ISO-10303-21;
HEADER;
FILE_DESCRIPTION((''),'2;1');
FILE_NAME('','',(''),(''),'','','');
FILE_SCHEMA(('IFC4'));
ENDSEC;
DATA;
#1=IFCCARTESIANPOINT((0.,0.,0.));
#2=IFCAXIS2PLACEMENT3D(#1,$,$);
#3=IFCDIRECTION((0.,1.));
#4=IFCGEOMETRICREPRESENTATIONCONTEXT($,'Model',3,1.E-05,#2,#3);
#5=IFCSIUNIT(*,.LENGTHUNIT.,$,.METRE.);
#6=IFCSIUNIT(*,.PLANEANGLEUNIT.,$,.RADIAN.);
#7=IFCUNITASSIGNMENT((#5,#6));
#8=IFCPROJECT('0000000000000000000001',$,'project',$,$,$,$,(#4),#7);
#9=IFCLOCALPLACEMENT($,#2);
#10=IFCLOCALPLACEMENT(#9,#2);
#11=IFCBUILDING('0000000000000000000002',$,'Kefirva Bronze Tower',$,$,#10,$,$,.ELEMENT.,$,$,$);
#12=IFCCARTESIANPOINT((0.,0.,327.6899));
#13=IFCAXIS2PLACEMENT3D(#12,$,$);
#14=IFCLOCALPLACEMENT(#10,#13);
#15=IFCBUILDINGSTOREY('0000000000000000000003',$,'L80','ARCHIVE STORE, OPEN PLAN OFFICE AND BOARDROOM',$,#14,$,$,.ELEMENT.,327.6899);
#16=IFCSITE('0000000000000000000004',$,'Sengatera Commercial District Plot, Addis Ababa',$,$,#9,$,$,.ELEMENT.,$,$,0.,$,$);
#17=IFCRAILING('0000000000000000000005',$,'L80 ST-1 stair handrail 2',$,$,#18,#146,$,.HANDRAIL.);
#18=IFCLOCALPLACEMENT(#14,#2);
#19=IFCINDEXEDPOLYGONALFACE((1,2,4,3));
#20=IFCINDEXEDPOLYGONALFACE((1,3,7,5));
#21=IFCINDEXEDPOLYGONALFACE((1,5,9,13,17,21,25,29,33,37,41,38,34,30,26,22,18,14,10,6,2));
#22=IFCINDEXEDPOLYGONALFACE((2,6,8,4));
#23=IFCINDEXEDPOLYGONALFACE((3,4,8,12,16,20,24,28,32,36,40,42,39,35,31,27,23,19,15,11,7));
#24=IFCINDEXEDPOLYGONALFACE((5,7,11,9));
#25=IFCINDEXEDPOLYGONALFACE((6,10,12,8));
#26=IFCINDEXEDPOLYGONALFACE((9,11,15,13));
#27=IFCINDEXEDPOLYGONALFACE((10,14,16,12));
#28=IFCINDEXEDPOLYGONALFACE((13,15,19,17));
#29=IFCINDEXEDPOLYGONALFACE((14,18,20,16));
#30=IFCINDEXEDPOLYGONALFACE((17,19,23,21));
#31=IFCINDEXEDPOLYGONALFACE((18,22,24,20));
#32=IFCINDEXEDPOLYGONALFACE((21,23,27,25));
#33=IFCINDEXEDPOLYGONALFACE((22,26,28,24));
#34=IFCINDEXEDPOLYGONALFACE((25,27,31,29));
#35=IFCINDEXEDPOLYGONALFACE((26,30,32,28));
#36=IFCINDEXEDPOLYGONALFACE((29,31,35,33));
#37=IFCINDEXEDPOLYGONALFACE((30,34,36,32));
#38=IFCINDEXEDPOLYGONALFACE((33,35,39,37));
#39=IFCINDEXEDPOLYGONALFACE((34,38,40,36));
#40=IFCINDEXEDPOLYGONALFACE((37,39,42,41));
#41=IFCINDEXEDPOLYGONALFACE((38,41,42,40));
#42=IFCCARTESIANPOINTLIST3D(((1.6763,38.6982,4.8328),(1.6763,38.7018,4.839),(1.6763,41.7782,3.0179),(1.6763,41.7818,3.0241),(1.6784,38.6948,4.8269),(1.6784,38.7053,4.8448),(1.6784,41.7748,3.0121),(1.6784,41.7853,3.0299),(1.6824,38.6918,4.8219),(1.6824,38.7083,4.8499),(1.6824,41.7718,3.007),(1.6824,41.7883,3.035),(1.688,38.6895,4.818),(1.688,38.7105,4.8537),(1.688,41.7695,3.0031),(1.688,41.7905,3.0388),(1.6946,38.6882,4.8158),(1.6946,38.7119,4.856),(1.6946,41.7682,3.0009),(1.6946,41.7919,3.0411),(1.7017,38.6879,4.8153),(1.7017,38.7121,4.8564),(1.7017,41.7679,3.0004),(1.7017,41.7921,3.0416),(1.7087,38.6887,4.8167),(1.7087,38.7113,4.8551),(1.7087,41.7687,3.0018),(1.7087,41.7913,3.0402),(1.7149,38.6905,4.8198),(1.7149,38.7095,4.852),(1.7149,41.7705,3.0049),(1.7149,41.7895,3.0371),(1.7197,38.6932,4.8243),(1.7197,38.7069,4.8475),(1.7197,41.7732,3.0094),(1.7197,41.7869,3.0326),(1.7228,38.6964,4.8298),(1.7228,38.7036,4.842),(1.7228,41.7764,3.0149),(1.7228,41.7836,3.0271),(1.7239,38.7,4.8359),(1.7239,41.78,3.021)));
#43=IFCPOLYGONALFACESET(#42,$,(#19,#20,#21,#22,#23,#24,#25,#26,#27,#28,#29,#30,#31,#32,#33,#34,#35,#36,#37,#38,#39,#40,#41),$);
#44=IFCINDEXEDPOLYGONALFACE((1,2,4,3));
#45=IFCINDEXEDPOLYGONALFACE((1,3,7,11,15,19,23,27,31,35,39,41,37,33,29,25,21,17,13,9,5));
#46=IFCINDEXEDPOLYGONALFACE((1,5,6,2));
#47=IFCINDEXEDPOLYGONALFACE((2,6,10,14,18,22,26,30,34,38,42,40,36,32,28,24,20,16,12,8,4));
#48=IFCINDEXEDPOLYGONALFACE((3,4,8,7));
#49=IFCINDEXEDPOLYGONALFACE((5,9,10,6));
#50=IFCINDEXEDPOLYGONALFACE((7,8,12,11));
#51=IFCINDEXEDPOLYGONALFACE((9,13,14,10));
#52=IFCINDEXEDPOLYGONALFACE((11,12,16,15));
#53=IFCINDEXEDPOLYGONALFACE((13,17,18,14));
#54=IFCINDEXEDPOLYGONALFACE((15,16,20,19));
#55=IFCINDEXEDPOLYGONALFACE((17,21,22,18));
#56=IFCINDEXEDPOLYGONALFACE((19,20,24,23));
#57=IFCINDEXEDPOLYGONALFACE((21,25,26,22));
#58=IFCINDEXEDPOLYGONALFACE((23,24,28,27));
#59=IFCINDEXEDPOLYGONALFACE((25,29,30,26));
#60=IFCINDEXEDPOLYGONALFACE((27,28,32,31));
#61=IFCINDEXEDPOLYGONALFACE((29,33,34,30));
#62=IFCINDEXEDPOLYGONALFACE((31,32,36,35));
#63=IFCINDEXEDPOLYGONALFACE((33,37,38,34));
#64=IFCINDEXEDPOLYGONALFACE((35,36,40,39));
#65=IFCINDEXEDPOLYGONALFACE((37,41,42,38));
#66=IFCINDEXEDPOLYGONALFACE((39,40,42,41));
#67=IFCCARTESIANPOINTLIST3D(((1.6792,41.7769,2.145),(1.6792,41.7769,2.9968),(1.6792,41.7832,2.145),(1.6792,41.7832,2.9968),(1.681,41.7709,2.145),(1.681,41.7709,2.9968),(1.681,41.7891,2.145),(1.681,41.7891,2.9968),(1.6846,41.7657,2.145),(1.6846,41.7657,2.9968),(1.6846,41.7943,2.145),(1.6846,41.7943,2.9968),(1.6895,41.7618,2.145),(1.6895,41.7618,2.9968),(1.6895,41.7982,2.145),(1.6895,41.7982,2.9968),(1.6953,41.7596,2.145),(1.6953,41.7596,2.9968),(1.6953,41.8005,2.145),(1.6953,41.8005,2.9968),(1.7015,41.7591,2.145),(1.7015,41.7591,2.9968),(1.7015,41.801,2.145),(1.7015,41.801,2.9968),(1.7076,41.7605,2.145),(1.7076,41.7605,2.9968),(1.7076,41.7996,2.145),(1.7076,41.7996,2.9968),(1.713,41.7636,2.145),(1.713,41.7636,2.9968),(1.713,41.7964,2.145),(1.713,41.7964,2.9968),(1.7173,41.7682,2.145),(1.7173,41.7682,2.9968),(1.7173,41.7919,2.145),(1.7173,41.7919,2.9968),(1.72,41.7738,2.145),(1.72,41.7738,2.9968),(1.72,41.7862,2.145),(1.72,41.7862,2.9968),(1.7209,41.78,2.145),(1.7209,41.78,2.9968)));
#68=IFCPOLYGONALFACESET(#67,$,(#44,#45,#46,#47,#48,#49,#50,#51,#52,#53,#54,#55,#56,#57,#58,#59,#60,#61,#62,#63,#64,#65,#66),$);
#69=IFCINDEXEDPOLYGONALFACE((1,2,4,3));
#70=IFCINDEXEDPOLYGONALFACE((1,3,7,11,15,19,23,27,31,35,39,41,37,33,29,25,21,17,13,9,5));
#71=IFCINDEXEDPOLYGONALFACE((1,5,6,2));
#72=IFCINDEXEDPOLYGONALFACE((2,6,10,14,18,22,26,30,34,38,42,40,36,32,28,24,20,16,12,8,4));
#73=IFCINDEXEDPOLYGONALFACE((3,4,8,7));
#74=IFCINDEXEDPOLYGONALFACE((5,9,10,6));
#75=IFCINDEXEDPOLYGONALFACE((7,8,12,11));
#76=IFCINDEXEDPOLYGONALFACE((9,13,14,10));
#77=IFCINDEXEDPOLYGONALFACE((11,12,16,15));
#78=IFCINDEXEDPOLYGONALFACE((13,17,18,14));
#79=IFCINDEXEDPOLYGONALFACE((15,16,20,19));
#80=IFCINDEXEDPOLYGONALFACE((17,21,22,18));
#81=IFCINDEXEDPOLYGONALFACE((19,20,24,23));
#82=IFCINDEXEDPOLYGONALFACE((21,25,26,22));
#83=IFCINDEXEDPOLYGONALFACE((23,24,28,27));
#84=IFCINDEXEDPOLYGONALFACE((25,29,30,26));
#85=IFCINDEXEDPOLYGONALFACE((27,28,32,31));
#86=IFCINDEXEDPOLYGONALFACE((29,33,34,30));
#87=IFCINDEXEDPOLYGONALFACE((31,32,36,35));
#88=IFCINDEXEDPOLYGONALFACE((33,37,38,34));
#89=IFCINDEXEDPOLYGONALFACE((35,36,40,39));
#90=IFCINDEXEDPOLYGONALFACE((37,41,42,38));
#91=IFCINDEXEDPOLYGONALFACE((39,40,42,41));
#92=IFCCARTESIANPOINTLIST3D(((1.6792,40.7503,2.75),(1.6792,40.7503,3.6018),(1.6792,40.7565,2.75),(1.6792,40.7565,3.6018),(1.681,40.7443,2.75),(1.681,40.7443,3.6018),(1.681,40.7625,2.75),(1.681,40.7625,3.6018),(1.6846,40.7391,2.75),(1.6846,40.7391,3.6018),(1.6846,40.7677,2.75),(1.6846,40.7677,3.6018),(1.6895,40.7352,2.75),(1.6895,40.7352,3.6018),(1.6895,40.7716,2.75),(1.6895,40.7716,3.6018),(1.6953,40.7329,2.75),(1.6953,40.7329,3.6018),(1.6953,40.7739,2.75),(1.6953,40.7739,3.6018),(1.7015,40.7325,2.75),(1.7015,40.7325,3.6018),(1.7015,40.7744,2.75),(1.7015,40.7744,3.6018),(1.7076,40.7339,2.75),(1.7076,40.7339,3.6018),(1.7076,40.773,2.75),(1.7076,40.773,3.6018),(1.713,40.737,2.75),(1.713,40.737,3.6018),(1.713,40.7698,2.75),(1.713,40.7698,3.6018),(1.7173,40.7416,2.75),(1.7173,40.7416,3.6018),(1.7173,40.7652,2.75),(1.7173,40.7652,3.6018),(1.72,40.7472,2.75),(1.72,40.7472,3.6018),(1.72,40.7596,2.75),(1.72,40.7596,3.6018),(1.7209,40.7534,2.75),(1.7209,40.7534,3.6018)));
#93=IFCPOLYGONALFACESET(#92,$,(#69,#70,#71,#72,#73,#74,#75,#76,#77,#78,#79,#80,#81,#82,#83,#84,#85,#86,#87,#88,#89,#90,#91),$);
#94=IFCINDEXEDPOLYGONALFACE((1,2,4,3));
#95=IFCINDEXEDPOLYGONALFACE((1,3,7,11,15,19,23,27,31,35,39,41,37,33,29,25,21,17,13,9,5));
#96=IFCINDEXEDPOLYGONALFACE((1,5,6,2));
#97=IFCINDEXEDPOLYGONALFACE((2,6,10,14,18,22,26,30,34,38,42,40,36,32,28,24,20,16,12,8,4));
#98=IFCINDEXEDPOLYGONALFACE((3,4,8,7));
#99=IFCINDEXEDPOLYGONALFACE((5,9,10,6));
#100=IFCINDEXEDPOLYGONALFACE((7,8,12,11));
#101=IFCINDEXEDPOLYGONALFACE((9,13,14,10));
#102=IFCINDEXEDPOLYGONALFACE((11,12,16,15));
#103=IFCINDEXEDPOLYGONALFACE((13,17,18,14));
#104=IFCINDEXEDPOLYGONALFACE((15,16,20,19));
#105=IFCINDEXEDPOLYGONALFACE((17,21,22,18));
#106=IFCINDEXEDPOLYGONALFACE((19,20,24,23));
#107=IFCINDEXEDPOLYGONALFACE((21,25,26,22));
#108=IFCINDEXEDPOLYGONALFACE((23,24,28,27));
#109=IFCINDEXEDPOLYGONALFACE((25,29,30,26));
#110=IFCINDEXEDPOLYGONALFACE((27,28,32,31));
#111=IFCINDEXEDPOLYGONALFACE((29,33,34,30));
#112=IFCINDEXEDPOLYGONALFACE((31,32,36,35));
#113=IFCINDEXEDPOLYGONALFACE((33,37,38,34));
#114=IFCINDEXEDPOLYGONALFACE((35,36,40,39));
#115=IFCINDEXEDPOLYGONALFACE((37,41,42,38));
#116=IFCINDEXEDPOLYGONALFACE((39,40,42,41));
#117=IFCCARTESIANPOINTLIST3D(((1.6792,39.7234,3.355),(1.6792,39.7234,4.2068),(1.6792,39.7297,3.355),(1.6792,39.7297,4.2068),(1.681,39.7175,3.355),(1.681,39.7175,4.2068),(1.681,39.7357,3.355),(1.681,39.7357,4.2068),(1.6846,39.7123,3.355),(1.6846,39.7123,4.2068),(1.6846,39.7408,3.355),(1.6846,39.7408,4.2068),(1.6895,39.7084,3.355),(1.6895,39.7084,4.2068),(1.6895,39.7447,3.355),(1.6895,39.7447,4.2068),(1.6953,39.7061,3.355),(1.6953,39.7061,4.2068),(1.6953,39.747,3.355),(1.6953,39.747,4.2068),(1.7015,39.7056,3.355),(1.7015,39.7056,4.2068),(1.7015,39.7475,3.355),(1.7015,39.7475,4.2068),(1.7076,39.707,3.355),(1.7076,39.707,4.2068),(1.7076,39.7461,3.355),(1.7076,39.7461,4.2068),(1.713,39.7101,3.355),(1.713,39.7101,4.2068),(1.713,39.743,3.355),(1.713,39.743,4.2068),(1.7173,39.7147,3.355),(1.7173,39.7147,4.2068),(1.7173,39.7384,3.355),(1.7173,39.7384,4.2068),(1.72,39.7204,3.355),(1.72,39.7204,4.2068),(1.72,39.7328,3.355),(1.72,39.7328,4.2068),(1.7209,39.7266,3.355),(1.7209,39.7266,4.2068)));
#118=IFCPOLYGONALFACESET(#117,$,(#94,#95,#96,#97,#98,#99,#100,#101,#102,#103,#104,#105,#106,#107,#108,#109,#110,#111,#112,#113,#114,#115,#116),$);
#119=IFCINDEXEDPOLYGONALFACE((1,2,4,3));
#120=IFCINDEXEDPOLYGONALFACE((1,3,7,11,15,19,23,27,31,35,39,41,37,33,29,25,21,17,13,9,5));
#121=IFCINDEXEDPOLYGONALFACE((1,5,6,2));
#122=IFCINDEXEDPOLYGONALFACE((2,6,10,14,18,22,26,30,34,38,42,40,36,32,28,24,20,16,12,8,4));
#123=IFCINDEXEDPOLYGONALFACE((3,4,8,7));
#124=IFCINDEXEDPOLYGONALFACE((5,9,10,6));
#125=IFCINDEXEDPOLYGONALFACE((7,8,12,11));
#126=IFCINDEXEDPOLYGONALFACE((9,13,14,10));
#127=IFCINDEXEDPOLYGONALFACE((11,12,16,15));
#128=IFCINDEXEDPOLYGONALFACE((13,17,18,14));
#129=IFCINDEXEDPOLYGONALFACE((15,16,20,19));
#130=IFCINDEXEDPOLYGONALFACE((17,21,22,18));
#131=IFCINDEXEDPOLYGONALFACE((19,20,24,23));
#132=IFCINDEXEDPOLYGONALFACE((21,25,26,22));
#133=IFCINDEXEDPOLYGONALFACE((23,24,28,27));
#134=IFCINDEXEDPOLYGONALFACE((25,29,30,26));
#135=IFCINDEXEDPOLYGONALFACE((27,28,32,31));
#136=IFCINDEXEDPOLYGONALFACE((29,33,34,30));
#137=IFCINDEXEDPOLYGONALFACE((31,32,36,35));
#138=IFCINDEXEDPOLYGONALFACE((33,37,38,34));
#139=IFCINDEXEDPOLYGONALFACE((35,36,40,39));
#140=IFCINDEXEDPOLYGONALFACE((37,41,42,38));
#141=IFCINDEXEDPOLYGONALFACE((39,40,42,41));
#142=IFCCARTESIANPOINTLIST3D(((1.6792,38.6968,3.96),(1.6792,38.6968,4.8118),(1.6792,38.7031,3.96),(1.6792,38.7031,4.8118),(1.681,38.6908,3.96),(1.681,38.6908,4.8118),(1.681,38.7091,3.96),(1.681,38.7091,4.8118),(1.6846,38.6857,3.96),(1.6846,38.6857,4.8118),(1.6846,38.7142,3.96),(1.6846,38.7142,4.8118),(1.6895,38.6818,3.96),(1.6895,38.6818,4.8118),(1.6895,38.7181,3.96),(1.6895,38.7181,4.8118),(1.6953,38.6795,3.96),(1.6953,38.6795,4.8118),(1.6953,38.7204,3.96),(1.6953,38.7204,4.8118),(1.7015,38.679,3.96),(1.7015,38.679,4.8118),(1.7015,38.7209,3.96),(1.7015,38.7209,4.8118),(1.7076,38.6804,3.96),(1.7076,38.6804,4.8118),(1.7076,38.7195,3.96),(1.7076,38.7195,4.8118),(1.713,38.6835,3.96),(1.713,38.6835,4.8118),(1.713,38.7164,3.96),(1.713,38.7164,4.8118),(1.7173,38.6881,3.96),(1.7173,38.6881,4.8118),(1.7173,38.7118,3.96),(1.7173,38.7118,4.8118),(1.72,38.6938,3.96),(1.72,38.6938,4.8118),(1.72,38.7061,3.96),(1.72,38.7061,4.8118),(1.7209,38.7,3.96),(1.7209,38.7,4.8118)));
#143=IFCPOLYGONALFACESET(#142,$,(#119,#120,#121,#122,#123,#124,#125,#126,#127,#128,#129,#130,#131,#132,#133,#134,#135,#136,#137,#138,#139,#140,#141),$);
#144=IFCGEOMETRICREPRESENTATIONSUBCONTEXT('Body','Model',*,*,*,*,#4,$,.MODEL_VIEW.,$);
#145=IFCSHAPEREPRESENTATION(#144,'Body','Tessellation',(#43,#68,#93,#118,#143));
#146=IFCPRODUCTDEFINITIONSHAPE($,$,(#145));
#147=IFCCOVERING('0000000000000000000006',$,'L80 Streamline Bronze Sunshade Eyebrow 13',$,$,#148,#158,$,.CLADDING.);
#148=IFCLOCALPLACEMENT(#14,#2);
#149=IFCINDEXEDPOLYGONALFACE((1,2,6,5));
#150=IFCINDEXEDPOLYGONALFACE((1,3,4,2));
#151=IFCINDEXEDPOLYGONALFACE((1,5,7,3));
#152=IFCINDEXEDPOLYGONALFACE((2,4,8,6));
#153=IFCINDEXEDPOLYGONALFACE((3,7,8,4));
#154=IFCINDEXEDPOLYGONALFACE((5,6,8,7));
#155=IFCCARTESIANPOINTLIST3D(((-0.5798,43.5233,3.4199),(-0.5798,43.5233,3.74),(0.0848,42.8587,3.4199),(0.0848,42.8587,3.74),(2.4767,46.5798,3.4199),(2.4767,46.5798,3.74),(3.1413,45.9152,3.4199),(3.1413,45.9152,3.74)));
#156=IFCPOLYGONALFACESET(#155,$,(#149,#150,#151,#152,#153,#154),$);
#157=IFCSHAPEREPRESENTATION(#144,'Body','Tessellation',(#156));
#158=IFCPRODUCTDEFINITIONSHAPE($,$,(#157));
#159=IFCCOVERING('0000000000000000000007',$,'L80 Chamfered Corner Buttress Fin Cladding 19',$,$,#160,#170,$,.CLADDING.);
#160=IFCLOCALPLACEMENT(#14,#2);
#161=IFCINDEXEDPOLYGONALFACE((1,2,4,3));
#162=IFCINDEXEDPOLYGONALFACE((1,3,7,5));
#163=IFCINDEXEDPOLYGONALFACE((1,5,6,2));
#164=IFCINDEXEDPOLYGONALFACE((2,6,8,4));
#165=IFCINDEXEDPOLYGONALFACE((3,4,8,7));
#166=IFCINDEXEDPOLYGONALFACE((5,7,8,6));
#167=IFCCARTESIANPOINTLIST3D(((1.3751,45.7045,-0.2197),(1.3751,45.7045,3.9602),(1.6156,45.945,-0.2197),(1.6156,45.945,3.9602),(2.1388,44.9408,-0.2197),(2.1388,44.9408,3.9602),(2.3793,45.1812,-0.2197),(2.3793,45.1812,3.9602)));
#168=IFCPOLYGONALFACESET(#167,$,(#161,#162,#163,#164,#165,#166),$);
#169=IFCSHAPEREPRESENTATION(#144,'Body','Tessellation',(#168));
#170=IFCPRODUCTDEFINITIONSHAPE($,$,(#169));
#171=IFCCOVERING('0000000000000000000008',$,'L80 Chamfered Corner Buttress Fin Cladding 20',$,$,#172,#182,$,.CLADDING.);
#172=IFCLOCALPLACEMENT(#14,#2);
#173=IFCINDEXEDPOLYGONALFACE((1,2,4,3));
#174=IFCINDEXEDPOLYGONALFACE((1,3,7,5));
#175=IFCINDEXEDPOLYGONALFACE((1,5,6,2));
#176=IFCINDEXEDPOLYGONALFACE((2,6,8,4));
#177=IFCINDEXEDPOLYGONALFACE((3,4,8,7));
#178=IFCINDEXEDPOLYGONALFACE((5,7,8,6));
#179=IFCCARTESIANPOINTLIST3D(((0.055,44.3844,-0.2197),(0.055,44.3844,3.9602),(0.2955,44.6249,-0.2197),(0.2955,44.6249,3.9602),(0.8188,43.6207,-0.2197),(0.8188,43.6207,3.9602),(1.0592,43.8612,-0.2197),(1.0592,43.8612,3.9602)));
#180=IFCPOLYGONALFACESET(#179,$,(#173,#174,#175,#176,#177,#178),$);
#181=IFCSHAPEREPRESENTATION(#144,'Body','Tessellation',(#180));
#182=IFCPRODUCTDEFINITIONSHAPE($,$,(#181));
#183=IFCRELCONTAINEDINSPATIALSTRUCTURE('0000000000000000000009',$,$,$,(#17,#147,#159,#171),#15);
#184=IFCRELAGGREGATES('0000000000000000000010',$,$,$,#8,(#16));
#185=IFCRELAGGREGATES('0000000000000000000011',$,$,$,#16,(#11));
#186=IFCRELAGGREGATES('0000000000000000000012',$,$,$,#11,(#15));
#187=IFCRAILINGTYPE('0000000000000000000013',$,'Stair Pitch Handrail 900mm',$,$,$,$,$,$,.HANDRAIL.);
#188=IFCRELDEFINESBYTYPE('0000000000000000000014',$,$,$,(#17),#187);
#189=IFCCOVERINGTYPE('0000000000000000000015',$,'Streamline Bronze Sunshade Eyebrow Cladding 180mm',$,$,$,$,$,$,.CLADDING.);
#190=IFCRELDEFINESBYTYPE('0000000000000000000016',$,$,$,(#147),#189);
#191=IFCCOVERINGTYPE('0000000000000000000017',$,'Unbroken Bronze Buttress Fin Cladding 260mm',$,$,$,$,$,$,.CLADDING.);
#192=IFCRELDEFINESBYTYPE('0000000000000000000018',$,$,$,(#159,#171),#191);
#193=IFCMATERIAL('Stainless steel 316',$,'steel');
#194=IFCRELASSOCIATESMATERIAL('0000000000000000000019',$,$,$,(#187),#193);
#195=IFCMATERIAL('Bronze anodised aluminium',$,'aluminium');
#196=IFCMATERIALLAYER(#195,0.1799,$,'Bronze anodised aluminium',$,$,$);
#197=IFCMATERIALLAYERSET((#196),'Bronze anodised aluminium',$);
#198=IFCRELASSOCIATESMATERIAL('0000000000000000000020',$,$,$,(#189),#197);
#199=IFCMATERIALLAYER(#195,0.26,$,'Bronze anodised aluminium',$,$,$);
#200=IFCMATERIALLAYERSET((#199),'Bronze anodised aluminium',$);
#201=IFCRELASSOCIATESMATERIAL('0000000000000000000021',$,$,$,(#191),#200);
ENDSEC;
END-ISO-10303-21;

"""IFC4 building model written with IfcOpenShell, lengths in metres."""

from ifc_helpers import new_model, si_unit, direction, frame, origin, origin_2d, place, context, subcontext, project, spatial, rectangle, circle, extrude, material, layer, layer_set, type_object, element, save


model = new_model("IFC4")

# Units and contexts
model_context = context("Model", 3, precision=1e-05, world=origin(), true_north=direction((0.0, 1.0)))
body_context = subcontext(model_context, "Body", "Model", "MODEL_VIEW")
ifc_project = project(units=[si_unit("LENGTHUNIT", "METRE"), si_unit("PLANEANGLEUNIT", "RADIAN")], contexts=[model_context])

# Site, building, storey
site_placement = place(None, origin())
site = spatial("IfcSite", under=ifc_project, at=site_placement, Name="Sengatera Commercial District Plot, Addis Ababa", CompositionType="ELEMENT", RefElevation=0.0)
building_placement = place(site_placement, origin())
building = spatial("IfcBuilding", under=site, at=building_placement, Name="Kefirva Bronze Tower", CompositionType="ELEMENT")
storey_placement = place(building_placement, frame((0.0, 0.0, 327.6899)))
storey = spatial("IfcBuildingStorey", under=building, at=storey_placement, Name="L80", Description="ARCHIVE STORE, OPEN PLAN OFFICE AND BOARDROOM", CompositionType="ELEMENT", Elevation=327.6899)

# Shared definitions
ifc_material_1 = material(Name="Bronze anodised aluminium", Category="aluminium")

# Railing
ifc_material_2 = material(Name="Stainless steel 316", Category="steel")
railing_type_1 = type_object("IfcRailingType", Name="Stair Pitch Handrail 900mm", PredefinedType="HANDRAIL", material=ifc_material_2)
railing_1_placement = place(storey_placement, frame((1.7, 41.78, 2.145)))
element("IfcRailing", 1, at=railing_1_placement, inside=storey, type_object=railing_type_1, Name="L80 ST-1 stair handrail 2", PredefinedType="HANDRAIL", context=body_context, shape_type="SweptSolid", body=[
    extrude(circle(Radius=0.0239, at=origin_2d()), frame((0.0, 0.0, 0.876), z_axis=(0.0, -0.861551, 0.507671), x_axis=(1.0, 0.0, 0.0)), (0.0, 0.0, 1.0), 3.575),
    extrude(circle(Radius=0.021, at=origin_2d()), origin(), (0.0, 0.0, 1.0), 0.8518),
    extrude(circle(Radius=0.021, at=origin_2d()), frame((0.0, -1.0266, 0.605)), (0.0, 0.0, 1.0), 0.8518),
    extrude(circle(Radius=0.021, at=origin_2d()), frame((0.0, -2.0535, 1.21)), (0.0, 0.0, 1.0), 0.8518),
    extrude(circle(Radius=0.021, at=origin_2d()), frame((0.0, -3.0801, 1.8149)), (0.0, 0.0, 1.0), 0.8518),
])

# Coverings
ifc_layer_1 = layer(ifc_material_1, 0.1799, Name="Bronze anodised aluminium")
ifc_layer_set_1 = layer_set([ifc_layer_1], Name="Bronze anodised aluminium")
covering_type_1 = type_object("IfcCoveringType", Name="Streamline Bronze Sunshade Eyebrow Cladding 180mm", PredefinedType="CLADDING", material=ifc_layer_set_1)
covering_1_placement = place(storey_placement, frame((1.2808, 44.7192, 3.4199), z_axis=(0.0, 0.0, 1.0), x_axis=(-0.707107, -0.707107, 0.0)))
element("IfcCovering", 2, at=covering_1_placement, inside=storey, type_object=covering_type_1, Name="L80 Streamline Bronze Sunshade Eyebrow 13", PredefinedType="CLADDING", context=body_context, shape_type="SweptSolid", body=[
    extrude(rectangle(XDim=4.3225, YDim=0.9399, at=origin_2d()), origin(), (0.0, 0.0, 1.0), 0.3201),
])
ifc_layer_2 = layer(ifc_material_1, 0.26, Name="Bronze anodised aluminium")
ifc_layer_set_2 = layer_set([ifc_layer_2], Name="Bronze anodised aluminium")
covering_type_2 = type_object("IfcCoveringType", Name="Unbroken Bronze Buttress Fin Cladding 260mm", PredefinedType="CLADDING", material=ifc_layer_set_2)
for number, where, z_axis, x_axis, name in (
    (3, (1.8772, 45.4429, -0.2197), (0.0, 0.0, 1.0), (-0.707107, -0.707107, 0.0), "L80 Chamfered Corner Buttress Fin Cladding 19"),
    (4, (0.5571, 44.1228, -0.2197), (0.0, 0.0, 1.0), (-0.707107, -0.707107, 0.0), "L80 Chamfered Corner Buttress Fin Cladding 20"),
):
    element("IfcCovering", number, at=place(storey_placement, frame(where, z_axis=z_axis, x_axis=x_axis)), inside=storey, type_object=covering_type_2, Name=name, PredefinedType="CLADDING", context=body_context, shape_type="SweptSolid", body=[
        extrude(rectangle(XDim=0.3401, YDim=1.0801, at=origin_2d()), origin(), (0.0, 0.0, 1.0), 4.1799),
    ])

save(model, "model.ifc")
